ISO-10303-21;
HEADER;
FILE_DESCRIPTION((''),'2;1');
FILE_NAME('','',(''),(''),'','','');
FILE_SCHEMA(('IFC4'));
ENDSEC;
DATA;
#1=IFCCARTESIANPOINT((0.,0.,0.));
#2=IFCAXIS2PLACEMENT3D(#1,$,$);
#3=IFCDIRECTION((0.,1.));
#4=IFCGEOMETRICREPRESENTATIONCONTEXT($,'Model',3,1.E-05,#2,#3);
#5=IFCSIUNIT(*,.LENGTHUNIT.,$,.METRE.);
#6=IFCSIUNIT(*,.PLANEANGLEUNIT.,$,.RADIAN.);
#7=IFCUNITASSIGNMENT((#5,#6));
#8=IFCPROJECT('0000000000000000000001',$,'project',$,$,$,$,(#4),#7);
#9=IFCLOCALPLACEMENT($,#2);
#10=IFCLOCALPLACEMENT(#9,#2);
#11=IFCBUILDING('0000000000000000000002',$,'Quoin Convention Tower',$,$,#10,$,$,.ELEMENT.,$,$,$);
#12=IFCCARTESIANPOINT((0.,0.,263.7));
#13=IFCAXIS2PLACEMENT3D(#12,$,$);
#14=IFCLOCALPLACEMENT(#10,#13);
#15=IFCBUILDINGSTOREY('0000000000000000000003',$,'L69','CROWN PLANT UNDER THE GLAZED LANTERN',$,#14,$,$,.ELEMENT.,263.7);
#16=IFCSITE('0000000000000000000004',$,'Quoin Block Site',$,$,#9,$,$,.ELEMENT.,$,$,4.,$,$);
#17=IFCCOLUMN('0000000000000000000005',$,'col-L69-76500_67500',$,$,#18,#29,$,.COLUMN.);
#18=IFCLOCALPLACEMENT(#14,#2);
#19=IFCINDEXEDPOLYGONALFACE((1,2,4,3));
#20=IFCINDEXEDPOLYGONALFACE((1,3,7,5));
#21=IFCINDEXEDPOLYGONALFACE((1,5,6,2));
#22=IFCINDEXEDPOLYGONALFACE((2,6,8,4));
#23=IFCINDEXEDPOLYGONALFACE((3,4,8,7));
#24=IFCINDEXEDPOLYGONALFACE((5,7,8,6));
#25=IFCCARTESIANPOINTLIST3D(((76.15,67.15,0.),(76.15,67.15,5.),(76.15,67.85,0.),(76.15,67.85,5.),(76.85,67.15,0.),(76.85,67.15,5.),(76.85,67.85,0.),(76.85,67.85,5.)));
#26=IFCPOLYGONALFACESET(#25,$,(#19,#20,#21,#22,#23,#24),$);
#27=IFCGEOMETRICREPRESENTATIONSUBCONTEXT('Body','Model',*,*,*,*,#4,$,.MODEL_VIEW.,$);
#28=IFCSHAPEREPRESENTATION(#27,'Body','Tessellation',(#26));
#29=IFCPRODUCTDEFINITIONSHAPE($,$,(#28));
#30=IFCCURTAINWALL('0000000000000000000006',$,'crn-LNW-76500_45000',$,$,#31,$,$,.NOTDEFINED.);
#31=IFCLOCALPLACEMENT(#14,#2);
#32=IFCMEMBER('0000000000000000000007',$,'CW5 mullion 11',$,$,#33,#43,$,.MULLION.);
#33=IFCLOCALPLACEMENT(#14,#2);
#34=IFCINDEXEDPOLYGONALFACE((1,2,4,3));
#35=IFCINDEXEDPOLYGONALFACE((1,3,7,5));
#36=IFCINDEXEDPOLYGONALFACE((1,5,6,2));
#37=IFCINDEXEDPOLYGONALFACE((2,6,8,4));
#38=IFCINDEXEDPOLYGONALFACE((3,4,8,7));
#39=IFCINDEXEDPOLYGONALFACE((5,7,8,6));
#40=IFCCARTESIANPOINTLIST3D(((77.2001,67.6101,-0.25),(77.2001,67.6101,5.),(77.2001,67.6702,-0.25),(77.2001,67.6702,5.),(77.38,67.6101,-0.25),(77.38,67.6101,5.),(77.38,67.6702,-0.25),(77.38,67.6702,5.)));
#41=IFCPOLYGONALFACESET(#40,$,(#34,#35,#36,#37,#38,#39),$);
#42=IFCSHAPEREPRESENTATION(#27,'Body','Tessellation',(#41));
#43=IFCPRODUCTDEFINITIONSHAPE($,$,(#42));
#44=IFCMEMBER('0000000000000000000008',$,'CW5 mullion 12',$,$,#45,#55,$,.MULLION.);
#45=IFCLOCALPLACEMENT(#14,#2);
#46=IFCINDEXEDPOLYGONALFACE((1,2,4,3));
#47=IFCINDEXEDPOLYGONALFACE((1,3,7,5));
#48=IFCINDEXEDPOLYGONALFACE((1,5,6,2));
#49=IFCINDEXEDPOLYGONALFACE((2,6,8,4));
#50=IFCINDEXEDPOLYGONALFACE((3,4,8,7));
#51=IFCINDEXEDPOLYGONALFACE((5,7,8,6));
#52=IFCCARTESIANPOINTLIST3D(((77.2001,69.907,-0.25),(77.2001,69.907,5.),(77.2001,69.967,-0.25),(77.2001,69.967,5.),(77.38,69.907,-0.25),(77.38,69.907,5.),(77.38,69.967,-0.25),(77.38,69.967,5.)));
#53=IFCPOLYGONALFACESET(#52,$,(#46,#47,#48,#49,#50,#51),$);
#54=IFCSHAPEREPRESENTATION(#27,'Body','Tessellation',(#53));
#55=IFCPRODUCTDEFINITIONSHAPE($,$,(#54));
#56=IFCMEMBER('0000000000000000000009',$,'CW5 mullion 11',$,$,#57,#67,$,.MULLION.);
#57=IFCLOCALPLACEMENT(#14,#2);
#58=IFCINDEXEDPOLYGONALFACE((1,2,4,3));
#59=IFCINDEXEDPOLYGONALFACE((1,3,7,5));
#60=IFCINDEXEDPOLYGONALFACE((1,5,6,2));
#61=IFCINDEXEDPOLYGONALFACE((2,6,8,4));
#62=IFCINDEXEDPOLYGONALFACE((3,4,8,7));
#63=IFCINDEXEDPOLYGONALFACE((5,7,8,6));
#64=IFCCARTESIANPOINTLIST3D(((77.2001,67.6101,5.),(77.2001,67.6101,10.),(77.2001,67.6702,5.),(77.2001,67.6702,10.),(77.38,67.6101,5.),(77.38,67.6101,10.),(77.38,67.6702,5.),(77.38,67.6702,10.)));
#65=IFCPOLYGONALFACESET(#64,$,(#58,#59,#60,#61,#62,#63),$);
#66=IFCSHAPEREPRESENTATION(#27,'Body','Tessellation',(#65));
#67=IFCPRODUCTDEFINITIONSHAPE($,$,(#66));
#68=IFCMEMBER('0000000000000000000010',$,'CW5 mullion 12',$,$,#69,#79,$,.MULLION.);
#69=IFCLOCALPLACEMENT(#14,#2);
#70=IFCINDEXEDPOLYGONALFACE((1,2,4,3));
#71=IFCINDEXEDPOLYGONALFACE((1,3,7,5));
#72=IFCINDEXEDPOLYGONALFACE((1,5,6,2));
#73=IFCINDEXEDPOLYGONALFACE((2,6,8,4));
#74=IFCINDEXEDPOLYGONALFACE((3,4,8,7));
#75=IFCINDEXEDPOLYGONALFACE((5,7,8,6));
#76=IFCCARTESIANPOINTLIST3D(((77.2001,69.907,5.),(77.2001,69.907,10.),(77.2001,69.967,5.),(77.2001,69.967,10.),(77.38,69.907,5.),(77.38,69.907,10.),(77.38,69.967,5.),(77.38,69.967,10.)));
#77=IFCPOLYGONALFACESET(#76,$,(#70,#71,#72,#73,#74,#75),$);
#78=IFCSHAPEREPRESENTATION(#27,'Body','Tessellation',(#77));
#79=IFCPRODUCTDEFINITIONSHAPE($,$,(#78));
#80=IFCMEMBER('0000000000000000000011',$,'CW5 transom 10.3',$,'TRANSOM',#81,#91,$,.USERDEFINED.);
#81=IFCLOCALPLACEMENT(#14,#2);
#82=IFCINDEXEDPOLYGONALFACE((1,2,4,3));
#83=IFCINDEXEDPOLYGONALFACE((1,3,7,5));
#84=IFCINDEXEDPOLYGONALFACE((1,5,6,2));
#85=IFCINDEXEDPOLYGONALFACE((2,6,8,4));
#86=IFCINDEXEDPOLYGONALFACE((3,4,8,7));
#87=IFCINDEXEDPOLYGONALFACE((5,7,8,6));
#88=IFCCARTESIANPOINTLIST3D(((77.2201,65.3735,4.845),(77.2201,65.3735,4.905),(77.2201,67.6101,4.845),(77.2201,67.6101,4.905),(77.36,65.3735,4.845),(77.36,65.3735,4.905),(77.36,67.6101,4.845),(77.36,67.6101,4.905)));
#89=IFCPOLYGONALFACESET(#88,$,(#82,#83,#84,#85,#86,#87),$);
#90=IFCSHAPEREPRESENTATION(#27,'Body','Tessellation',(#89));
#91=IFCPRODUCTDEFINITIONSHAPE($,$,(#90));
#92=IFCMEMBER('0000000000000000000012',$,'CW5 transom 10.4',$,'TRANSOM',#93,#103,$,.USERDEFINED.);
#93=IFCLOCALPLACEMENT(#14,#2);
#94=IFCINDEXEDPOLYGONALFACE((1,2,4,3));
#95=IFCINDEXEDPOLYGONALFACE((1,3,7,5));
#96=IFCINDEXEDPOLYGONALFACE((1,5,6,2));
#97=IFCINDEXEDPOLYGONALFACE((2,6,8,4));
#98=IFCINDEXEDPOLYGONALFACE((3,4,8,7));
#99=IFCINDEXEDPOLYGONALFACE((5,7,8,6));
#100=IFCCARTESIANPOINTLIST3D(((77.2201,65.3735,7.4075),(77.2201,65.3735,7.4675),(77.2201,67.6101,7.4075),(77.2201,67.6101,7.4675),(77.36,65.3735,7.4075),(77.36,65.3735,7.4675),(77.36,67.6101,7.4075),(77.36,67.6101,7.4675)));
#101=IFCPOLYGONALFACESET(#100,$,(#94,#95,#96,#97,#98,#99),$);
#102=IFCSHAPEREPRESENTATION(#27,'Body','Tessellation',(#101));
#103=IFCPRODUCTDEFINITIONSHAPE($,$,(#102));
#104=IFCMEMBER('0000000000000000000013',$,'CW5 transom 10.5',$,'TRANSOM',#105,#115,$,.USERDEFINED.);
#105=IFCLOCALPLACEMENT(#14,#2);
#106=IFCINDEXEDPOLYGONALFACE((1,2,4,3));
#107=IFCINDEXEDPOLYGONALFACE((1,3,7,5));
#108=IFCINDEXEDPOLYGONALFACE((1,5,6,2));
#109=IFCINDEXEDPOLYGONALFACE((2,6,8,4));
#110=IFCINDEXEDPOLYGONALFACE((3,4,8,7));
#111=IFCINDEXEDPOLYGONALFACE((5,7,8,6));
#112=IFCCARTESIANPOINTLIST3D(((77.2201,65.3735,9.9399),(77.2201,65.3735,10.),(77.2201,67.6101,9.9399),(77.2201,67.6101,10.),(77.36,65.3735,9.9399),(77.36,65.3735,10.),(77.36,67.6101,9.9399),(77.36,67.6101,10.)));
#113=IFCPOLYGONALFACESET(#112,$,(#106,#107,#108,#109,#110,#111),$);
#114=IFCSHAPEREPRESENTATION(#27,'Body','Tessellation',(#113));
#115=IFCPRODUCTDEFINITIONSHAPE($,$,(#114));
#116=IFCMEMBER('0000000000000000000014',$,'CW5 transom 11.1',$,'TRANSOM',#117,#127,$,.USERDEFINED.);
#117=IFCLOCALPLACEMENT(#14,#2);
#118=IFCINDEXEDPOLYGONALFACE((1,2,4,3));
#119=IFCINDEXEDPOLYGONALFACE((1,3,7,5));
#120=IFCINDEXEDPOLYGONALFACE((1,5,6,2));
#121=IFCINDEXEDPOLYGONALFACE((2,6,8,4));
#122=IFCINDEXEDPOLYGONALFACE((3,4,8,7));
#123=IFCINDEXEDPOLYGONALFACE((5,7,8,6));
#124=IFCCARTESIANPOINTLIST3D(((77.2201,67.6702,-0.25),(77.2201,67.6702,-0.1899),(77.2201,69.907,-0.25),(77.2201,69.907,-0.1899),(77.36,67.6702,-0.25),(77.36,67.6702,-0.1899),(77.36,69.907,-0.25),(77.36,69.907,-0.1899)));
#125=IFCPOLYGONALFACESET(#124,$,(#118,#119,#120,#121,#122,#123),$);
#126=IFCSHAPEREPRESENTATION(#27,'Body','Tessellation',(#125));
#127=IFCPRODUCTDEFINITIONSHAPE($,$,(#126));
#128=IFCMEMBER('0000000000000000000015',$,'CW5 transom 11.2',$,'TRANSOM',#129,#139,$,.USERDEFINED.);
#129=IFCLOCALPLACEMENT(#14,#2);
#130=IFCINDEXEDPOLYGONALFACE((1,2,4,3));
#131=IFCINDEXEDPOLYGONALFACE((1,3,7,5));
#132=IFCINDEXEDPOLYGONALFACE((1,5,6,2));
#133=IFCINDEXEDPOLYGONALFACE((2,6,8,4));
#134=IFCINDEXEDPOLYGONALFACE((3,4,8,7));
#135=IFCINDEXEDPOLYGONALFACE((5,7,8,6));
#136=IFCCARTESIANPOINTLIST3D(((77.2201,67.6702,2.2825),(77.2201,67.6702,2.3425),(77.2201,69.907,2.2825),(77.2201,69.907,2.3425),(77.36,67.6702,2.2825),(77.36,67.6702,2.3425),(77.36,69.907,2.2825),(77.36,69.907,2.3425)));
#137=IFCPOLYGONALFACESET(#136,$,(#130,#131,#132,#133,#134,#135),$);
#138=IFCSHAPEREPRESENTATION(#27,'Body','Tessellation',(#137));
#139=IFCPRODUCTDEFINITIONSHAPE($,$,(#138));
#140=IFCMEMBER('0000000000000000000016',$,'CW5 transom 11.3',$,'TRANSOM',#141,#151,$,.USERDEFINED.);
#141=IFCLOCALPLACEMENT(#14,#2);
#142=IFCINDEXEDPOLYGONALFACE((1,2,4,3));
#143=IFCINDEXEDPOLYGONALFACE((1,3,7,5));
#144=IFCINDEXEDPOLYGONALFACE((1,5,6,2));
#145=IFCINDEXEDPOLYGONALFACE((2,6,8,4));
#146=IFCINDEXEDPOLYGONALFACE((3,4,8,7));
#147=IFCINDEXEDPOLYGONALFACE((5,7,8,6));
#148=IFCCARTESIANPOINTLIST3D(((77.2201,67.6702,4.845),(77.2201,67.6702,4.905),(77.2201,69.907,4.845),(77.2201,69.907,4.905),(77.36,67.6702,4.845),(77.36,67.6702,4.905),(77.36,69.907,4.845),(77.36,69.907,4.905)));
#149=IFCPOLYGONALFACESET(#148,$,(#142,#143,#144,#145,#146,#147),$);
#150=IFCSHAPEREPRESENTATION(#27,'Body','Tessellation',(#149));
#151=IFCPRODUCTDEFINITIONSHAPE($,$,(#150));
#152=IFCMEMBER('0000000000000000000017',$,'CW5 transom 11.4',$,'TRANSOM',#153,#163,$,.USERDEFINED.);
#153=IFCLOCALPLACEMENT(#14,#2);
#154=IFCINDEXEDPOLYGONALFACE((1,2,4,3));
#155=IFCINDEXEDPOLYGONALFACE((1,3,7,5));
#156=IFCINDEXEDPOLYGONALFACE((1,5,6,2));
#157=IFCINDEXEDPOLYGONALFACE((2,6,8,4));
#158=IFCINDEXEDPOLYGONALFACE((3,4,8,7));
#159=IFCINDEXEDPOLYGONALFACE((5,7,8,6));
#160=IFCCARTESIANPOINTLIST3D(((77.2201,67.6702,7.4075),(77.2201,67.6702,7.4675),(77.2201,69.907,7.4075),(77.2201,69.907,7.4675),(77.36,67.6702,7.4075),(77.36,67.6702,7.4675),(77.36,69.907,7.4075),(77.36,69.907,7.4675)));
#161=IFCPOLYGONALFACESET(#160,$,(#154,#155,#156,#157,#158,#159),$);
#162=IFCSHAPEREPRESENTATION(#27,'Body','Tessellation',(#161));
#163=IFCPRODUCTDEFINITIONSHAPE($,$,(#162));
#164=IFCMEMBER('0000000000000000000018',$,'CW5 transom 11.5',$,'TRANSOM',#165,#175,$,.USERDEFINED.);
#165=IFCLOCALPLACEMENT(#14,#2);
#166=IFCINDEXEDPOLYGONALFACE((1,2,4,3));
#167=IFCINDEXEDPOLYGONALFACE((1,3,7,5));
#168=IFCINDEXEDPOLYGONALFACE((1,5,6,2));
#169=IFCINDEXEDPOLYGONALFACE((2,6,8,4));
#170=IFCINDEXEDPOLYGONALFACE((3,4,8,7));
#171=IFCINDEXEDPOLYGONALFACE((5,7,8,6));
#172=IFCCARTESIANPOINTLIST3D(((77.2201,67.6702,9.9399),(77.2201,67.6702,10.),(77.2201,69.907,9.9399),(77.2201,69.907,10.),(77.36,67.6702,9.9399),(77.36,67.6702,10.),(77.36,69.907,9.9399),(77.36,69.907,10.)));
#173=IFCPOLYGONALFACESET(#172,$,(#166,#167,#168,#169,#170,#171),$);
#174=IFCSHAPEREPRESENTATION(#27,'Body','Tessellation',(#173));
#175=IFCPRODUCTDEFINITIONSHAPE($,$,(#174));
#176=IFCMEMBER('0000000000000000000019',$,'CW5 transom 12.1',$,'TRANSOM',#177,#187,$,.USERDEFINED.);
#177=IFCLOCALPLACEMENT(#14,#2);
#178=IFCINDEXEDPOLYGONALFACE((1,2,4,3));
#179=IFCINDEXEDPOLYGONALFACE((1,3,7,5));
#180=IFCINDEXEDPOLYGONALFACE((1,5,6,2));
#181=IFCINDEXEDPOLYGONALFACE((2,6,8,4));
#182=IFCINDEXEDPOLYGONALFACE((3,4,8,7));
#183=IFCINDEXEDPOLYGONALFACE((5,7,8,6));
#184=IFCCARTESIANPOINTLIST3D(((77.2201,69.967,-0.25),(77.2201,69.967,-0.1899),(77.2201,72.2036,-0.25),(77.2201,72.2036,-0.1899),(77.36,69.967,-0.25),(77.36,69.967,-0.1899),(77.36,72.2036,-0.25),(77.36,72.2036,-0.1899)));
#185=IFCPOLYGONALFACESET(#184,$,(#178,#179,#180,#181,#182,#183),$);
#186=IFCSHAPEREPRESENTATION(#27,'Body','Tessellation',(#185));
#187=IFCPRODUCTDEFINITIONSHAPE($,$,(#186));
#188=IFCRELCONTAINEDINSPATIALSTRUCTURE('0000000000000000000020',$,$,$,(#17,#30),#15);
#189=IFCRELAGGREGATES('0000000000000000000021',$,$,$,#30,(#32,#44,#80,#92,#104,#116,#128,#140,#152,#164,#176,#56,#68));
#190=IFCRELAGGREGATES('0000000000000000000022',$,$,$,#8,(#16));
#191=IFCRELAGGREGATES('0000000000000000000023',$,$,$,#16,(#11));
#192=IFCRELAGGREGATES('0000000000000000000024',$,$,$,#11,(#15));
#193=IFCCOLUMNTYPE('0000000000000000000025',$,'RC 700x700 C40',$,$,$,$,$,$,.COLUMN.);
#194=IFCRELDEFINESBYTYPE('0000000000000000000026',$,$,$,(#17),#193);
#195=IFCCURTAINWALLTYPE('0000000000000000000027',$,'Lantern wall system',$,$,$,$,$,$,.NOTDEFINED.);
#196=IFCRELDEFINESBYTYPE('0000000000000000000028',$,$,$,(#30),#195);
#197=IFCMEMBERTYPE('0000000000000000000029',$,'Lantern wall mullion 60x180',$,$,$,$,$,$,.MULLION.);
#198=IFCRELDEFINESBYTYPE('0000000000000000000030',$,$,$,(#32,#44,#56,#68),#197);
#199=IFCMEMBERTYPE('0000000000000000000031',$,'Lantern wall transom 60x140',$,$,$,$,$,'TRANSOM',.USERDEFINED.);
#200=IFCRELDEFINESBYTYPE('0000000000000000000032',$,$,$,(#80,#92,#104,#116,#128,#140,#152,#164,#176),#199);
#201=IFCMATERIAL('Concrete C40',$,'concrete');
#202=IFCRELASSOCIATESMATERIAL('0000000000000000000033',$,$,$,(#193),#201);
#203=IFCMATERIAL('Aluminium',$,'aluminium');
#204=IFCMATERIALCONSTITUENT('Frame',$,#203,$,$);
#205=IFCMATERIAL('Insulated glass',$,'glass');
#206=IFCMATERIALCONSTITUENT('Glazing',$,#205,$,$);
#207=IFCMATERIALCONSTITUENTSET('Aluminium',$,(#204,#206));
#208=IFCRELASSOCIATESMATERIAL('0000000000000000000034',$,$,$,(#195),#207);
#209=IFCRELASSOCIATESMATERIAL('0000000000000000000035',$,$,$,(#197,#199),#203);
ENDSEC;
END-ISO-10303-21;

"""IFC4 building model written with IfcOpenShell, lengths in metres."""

from ifc_helpers import new_model, si_unit, direction, frame, origin, origin_2d, place, context, subcontext, project, spatial, rectangle, extrude, material, constituent, constituent_set, material_profile, profile_set, type_object, element, aggregate, save


model = new_model("IFC4")

# Units and contexts
model_context = context("Model", 3, precision=1e-05, world=origin(), true_north=direction((0.0, 1.0)))
body_context = subcontext(model_context, "Body", "Model", "MODEL_VIEW")
ifc_project = project(units=[si_unit("LENGTHUNIT", "METRE"), si_unit("PLANEANGLEUNIT", "RADIAN")], contexts=[model_context])

# Site, building, storey
site_placement = place(None, origin())
site = spatial("IfcSite", under=ifc_project, at=site_placement, Name="Quoin Block Site", CompositionType="ELEMENT", RefElevation=4.0)
building_placement = place(site_placement, origin())
building = spatial("IfcBuilding", under=site, at=building_placement, Name="Quoin Convention Tower", CompositionType="ELEMENT")
storey_placement = place(building_placement, frame((0.0, 0.0, 263.7)))
storey = spatial("IfcBuildingStorey", under=building, at=storey_placement, Name="L69", Description="CROWN PLANT UNDER THE GLAZED LANTERN", CompositionType="ELEMENT", Elevation=263.7)

# Column
ifc_material_1 = material(Name="Concrete C40", Category="concrete")
ifc_material_profile_1 = material_profile(ifc_material_1, rectangle(XDim=0.7, YDim=0.7, at=origin_2d()), Name="RC 700x700")
ifc_profile_set_1 = profile_set([ifc_material_profile_1], Name="Concrete C40")
column_type = type_object("IfcColumnType", Name="RC 700x700 C40", PredefinedType="COLUMN", material=ifc_profile_set_1)
column_placement = place(storey_placement, frame((76.5, 67.5, 0.0), z_axis=(0.0, 0.0, 1.0), x_axis=(1.0, 0.0, 0.0)))
element("IfcColumn", 1, at=column_placement, inside=storey, type_object=column_type, Name="col-L69-76500_67500", PredefinedType="COLUMN", context=body_context, shape_type="SweptSolid", body=[
    extrude(rectangle(XDim=0.7, YDim=0.7, at=origin_2d()), origin(), (0.0, 0.0, 1.0), 5.0),
])

# Curtain wall, members
ifc_material_2 = material(Name="Aluminium", Category="aluminium")
ifc_constituent_1 = constituent(ifc_material_2, Name="Frame")
ifc_material_3 = material(Name="Insulated glass", Category="glass")
ifc_constituent_2 = constituent(ifc_material_3, Name="Glazing")
ifc_constituent_set = constituent_set(constituents=[ifc_constituent_1, ifc_constituent_2], Name="Aluminium")
curtain_wall_type = type_object("IfcCurtainWallType", Name="Lantern wall system", PredefinedType="NOTDEFINED", material=ifc_constituent_set)
curtain_wall_placement = place(storey_placement, origin())
curtain_wall = element("IfcCurtainWall", 2, at=curtain_wall_placement, inside=storey, type_object=curtain_wall_type, Name="crn-LNW-76500_45000", PredefinedType="NOTDEFINED")
ifc_material_profile_2 = material_profile(ifc_material_2, rectangle(XDim=0.1799, YDim=0.0601, at=origin_2d()), Name="Lantern wall mullion 60x180")
ifc_profile_set_2 = profile_set([ifc_material_profile_2], Name="Aluminium")
member_type_1 = type_object("IfcMemberType", Name="Lantern wall mullion 60x180", PredefinedType="MULLION", material=ifc_profile_set_2)
member_1_placement = place(storey_placement, frame((77.29, 67.6401, -0.25), z_axis=(0.0, 0.0, 1.0), x_axis=(-1.0, 0.0, 0.0)))
member_1 = element("IfcMember", 3, at=member_1_placement, type_object=member_type_1, Name="CW5 mullion 11", PredefinedType="MULLION", context=body_context, shape_type="SweptSolid", body=[
    extrude(rectangle(XDim=0.1799, YDim=0.0601, at=origin_2d()), origin(), (0.0, 0.0, 1.0), 5.25),
])
member_2_placement = place(storey_placement, frame((77.29, 69.937, -0.25), z_axis=(0.0, 0.0, 1.0), x_axis=(-1.0, 0.0, 0.0)))
member_2 = element("IfcMember", 4, at=member_2_placement, type_object=member_type_1, Name="CW5 mullion 12", PredefinedType="MULLION", context=body_context, shape_type="SweptSolid", body=[
    extrude(rectangle(XDim=0.1799, YDim=0.0601, at=origin_2d()), origin(), (0.0, 0.0, 1.0), 5.25),
])
member_3_placement = place(storey_placement, frame((77.29, 67.6401, 5.0), z_axis=(0.0, 0.0, 1.0), x_axis=(-1.0, 0.0, 0.0)))
member_3 = element("IfcMember", 5, at=member_3_placement, type_object=member_type_1, Name="CW5 mullion 11", PredefinedType="MULLION", context=body_context, shape_type="SweptSolid", body=[
    extrude(rectangle(XDim=0.1799, YDim=0.0601, at=origin_2d()), origin(), (0.0, 0.0, 1.0), 5.0),
])
member_4_placement = place(storey_placement, frame((77.29, 69.937, 5.0), z_axis=(0.0, 0.0, 1.0), x_axis=(-1.0, 0.0, 0.0)))
member_4 = element("IfcMember", 6, at=member_4_placement, type_object=member_type_1, Name="CW5 mullion 12", PredefinedType="MULLION", context=body_context, shape_type="SweptSolid", body=[
    extrude(rectangle(XDim=0.1799, YDim=0.0601, at=origin_2d()), origin(), (0.0, 0.0, 1.0), 5.0),
])
ifc_material_profile_3 = material_profile(ifc_material_2, rectangle(XDim=0.1399, YDim=0.0601, at=origin_2d()), Name="Lantern wall transom 60x140")
ifc_profile_set_3 = profile_set([ifc_material_profile_3], Name="Aluminium")
member_type_2 = type_object("IfcMemberType", Name="Lantern wall transom 60x140", ElementType="TRANSOM", PredefinedType="USERDEFINED", material=ifc_profile_set_3)
member_5_placement = place(storey_placement, frame((77.29, 65.3735, 4.875), z_axis=(0.0, 1.0, 0.0), x_axis=(-1.0, 0.0, 0.0)))
member_5 = element("IfcMember", 7, at=member_5_placement, type_object=member_type_2, Name="CW5 transom 10.3", ObjectType="TRANSOM", PredefinedType="USERDEFINED", context=body_context, shape_type="SweptSolid", body=[
    extrude(rectangle(XDim=0.1399, YDim=0.0601, at=origin_2d()), origin(), (0.0, 0.0, 1.0), 2.2366),
])
member_6_placement = place(storey_placement, frame((77.29, 65.3735, 7.4375), z_axis=(0.0, 1.0, 0.0), x_axis=(-1.0, 0.0, 0.0)))
member_6 = element("IfcMember", 8, at=member_6_placement, type_object=member_type_2, Name="CW5 transom 10.4", ObjectType="TRANSOM", PredefinedType="USERDEFINED", context=body_context, shape_type="SweptSolid", body=[
    extrude(rectangle(XDim=0.1399, YDim=0.0601, at=origin_2d()), origin(), (0.0, 0.0, 1.0), 2.2366),
])
member_7_placement = place(storey_placement, frame((77.29, 65.3735, 9.97), z_axis=(0.0, 1.0, 0.0), x_axis=(-1.0, 0.0, 0.0)))
member_7 = element("IfcMember", 9, at=member_7_placement, type_object=member_type_2, Name="CW5 transom 10.5", ObjectType="TRANSOM", PredefinedType="USERDEFINED", context=body_context, shape_type="SweptSolid", body=[
    extrude(rectangle(XDim=0.1399, YDim=0.0601, at=origin_2d()), origin(), (0.0, 0.0, 1.0), 2.2366),
])
member_8_placement = place(storey_placement, frame((77.29, 67.6702, -0.22), z_axis=(0.0, 1.0, 0.0), x_axis=(-1.0, 0.0, 0.0)))
member_8 = element("IfcMember", 10, at=member_8_placement, type_object=member_type_2, Name="CW5 transom 11.1", ObjectType="TRANSOM", PredefinedType="USERDEFINED", context=body_context, shape_type="SweptSolid", body=[
    extrude(rectangle(XDim=0.1399, YDim=0.0601, at=origin_2d()), origin(), (0.0, 0.0, 1.0), 2.2368),
])
member_9_placement = place(storey_placement, frame((77.29, 67.6702, 2.3125), z_axis=(0.0, 1.0, 0.0), x_axis=(-1.0, 0.0, 0.0)))
member_9 = element("IfcMember", 11, at=member_9_placement, type_object=member_type_2, Name="CW5 transom 11.2", ObjectType="TRANSOM", PredefinedType="USERDEFINED", context=body_context, shape_type="SweptSolid", body=[
    extrude(rectangle(XDim=0.1399, YDim=0.0601, at=origin_2d()), origin(), (0.0, 0.0, 1.0), 2.2368),
])
member_10_placement = place(storey_placement, frame((77.29, 67.6702, 4.875), z_axis=(0.0, 1.0, 0.0), x_axis=(-1.0, 0.0, 0.0)))
member_10 = element("IfcMember", 12, at=member_10_placement, type_object=member_type_2, Name="CW5 transom 11.3", ObjectType="TRANSOM", PredefinedType="USERDEFINED", context=body_context, shape_type="SweptSolid", body=[
    extrude(rectangle(XDim=0.1399, YDim=0.0601, at=origin_2d()), origin(), (0.0, 0.0, 1.0), 2.2368),
])
member_11_placement = place(storey_placement, frame((77.29, 67.6702, 7.4375), z_axis=(0.0, 1.0, 0.0), x_axis=(-1.0, 0.0, 0.0)))
member_11 = element("IfcMember", 13, at=member_11_placement, type_object=member_type_2, Name="CW5 transom 11.4", ObjectType="TRANSOM", PredefinedType="USERDEFINED", context=body_context, shape_type="SweptSolid", body=[
    extrude(rectangle(XDim=0.1399, YDim=0.0601, at=origin_2d()), origin(), (0.0, 0.0, 1.0), 2.2368),
])
member_12_placement = place(storey_placement, frame((77.29, 67.6702, 9.97), z_axis=(0.0, 1.0, 0.0), x_axis=(-1.0, 0.0, 0.0)))
member_12 = element("IfcMember", 14, at=member_12_placement, type_object=member_type_2, Name="CW5 transom 11.5", ObjectType="TRANSOM", PredefinedType="USERDEFINED", context=body_context, shape_type="SweptSolid", body=[
    extrude(rectangle(XDim=0.1399, YDim=0.0601, at=origin_2d()), origin(), (0.0, 0.0, 1.0), 2.2368),
])
member_13_placement = place(storey_placement, frame((77.29, 69.967, -0.22), z_axis=(0.0, 1.0, 0.0), x_axis=(-1.0, 0.0, 0.0)))
member_13 = element("IfcMember", 15, at=member_13_placement, type_object=member_type_2, Name="CW5 transom 12.1", ObjectType="TRANSOM", PredefinedType="USERDEFINED", context=body_context, shape_type="SweptSolid", body=[
    extrude(rectangle(XDim=0.1399, YDim=0.0601, at=origin_2d()), origin(), (0.0, 0.0, 1.0), 2.2366),
])

aggregate(curtain_wall, [member_1, member_2, member_5, member_6, member_7, member_8, member_9, member_10, member_11, member_12, member_13, member_3, member_4])

save(model, "model.ifc")
